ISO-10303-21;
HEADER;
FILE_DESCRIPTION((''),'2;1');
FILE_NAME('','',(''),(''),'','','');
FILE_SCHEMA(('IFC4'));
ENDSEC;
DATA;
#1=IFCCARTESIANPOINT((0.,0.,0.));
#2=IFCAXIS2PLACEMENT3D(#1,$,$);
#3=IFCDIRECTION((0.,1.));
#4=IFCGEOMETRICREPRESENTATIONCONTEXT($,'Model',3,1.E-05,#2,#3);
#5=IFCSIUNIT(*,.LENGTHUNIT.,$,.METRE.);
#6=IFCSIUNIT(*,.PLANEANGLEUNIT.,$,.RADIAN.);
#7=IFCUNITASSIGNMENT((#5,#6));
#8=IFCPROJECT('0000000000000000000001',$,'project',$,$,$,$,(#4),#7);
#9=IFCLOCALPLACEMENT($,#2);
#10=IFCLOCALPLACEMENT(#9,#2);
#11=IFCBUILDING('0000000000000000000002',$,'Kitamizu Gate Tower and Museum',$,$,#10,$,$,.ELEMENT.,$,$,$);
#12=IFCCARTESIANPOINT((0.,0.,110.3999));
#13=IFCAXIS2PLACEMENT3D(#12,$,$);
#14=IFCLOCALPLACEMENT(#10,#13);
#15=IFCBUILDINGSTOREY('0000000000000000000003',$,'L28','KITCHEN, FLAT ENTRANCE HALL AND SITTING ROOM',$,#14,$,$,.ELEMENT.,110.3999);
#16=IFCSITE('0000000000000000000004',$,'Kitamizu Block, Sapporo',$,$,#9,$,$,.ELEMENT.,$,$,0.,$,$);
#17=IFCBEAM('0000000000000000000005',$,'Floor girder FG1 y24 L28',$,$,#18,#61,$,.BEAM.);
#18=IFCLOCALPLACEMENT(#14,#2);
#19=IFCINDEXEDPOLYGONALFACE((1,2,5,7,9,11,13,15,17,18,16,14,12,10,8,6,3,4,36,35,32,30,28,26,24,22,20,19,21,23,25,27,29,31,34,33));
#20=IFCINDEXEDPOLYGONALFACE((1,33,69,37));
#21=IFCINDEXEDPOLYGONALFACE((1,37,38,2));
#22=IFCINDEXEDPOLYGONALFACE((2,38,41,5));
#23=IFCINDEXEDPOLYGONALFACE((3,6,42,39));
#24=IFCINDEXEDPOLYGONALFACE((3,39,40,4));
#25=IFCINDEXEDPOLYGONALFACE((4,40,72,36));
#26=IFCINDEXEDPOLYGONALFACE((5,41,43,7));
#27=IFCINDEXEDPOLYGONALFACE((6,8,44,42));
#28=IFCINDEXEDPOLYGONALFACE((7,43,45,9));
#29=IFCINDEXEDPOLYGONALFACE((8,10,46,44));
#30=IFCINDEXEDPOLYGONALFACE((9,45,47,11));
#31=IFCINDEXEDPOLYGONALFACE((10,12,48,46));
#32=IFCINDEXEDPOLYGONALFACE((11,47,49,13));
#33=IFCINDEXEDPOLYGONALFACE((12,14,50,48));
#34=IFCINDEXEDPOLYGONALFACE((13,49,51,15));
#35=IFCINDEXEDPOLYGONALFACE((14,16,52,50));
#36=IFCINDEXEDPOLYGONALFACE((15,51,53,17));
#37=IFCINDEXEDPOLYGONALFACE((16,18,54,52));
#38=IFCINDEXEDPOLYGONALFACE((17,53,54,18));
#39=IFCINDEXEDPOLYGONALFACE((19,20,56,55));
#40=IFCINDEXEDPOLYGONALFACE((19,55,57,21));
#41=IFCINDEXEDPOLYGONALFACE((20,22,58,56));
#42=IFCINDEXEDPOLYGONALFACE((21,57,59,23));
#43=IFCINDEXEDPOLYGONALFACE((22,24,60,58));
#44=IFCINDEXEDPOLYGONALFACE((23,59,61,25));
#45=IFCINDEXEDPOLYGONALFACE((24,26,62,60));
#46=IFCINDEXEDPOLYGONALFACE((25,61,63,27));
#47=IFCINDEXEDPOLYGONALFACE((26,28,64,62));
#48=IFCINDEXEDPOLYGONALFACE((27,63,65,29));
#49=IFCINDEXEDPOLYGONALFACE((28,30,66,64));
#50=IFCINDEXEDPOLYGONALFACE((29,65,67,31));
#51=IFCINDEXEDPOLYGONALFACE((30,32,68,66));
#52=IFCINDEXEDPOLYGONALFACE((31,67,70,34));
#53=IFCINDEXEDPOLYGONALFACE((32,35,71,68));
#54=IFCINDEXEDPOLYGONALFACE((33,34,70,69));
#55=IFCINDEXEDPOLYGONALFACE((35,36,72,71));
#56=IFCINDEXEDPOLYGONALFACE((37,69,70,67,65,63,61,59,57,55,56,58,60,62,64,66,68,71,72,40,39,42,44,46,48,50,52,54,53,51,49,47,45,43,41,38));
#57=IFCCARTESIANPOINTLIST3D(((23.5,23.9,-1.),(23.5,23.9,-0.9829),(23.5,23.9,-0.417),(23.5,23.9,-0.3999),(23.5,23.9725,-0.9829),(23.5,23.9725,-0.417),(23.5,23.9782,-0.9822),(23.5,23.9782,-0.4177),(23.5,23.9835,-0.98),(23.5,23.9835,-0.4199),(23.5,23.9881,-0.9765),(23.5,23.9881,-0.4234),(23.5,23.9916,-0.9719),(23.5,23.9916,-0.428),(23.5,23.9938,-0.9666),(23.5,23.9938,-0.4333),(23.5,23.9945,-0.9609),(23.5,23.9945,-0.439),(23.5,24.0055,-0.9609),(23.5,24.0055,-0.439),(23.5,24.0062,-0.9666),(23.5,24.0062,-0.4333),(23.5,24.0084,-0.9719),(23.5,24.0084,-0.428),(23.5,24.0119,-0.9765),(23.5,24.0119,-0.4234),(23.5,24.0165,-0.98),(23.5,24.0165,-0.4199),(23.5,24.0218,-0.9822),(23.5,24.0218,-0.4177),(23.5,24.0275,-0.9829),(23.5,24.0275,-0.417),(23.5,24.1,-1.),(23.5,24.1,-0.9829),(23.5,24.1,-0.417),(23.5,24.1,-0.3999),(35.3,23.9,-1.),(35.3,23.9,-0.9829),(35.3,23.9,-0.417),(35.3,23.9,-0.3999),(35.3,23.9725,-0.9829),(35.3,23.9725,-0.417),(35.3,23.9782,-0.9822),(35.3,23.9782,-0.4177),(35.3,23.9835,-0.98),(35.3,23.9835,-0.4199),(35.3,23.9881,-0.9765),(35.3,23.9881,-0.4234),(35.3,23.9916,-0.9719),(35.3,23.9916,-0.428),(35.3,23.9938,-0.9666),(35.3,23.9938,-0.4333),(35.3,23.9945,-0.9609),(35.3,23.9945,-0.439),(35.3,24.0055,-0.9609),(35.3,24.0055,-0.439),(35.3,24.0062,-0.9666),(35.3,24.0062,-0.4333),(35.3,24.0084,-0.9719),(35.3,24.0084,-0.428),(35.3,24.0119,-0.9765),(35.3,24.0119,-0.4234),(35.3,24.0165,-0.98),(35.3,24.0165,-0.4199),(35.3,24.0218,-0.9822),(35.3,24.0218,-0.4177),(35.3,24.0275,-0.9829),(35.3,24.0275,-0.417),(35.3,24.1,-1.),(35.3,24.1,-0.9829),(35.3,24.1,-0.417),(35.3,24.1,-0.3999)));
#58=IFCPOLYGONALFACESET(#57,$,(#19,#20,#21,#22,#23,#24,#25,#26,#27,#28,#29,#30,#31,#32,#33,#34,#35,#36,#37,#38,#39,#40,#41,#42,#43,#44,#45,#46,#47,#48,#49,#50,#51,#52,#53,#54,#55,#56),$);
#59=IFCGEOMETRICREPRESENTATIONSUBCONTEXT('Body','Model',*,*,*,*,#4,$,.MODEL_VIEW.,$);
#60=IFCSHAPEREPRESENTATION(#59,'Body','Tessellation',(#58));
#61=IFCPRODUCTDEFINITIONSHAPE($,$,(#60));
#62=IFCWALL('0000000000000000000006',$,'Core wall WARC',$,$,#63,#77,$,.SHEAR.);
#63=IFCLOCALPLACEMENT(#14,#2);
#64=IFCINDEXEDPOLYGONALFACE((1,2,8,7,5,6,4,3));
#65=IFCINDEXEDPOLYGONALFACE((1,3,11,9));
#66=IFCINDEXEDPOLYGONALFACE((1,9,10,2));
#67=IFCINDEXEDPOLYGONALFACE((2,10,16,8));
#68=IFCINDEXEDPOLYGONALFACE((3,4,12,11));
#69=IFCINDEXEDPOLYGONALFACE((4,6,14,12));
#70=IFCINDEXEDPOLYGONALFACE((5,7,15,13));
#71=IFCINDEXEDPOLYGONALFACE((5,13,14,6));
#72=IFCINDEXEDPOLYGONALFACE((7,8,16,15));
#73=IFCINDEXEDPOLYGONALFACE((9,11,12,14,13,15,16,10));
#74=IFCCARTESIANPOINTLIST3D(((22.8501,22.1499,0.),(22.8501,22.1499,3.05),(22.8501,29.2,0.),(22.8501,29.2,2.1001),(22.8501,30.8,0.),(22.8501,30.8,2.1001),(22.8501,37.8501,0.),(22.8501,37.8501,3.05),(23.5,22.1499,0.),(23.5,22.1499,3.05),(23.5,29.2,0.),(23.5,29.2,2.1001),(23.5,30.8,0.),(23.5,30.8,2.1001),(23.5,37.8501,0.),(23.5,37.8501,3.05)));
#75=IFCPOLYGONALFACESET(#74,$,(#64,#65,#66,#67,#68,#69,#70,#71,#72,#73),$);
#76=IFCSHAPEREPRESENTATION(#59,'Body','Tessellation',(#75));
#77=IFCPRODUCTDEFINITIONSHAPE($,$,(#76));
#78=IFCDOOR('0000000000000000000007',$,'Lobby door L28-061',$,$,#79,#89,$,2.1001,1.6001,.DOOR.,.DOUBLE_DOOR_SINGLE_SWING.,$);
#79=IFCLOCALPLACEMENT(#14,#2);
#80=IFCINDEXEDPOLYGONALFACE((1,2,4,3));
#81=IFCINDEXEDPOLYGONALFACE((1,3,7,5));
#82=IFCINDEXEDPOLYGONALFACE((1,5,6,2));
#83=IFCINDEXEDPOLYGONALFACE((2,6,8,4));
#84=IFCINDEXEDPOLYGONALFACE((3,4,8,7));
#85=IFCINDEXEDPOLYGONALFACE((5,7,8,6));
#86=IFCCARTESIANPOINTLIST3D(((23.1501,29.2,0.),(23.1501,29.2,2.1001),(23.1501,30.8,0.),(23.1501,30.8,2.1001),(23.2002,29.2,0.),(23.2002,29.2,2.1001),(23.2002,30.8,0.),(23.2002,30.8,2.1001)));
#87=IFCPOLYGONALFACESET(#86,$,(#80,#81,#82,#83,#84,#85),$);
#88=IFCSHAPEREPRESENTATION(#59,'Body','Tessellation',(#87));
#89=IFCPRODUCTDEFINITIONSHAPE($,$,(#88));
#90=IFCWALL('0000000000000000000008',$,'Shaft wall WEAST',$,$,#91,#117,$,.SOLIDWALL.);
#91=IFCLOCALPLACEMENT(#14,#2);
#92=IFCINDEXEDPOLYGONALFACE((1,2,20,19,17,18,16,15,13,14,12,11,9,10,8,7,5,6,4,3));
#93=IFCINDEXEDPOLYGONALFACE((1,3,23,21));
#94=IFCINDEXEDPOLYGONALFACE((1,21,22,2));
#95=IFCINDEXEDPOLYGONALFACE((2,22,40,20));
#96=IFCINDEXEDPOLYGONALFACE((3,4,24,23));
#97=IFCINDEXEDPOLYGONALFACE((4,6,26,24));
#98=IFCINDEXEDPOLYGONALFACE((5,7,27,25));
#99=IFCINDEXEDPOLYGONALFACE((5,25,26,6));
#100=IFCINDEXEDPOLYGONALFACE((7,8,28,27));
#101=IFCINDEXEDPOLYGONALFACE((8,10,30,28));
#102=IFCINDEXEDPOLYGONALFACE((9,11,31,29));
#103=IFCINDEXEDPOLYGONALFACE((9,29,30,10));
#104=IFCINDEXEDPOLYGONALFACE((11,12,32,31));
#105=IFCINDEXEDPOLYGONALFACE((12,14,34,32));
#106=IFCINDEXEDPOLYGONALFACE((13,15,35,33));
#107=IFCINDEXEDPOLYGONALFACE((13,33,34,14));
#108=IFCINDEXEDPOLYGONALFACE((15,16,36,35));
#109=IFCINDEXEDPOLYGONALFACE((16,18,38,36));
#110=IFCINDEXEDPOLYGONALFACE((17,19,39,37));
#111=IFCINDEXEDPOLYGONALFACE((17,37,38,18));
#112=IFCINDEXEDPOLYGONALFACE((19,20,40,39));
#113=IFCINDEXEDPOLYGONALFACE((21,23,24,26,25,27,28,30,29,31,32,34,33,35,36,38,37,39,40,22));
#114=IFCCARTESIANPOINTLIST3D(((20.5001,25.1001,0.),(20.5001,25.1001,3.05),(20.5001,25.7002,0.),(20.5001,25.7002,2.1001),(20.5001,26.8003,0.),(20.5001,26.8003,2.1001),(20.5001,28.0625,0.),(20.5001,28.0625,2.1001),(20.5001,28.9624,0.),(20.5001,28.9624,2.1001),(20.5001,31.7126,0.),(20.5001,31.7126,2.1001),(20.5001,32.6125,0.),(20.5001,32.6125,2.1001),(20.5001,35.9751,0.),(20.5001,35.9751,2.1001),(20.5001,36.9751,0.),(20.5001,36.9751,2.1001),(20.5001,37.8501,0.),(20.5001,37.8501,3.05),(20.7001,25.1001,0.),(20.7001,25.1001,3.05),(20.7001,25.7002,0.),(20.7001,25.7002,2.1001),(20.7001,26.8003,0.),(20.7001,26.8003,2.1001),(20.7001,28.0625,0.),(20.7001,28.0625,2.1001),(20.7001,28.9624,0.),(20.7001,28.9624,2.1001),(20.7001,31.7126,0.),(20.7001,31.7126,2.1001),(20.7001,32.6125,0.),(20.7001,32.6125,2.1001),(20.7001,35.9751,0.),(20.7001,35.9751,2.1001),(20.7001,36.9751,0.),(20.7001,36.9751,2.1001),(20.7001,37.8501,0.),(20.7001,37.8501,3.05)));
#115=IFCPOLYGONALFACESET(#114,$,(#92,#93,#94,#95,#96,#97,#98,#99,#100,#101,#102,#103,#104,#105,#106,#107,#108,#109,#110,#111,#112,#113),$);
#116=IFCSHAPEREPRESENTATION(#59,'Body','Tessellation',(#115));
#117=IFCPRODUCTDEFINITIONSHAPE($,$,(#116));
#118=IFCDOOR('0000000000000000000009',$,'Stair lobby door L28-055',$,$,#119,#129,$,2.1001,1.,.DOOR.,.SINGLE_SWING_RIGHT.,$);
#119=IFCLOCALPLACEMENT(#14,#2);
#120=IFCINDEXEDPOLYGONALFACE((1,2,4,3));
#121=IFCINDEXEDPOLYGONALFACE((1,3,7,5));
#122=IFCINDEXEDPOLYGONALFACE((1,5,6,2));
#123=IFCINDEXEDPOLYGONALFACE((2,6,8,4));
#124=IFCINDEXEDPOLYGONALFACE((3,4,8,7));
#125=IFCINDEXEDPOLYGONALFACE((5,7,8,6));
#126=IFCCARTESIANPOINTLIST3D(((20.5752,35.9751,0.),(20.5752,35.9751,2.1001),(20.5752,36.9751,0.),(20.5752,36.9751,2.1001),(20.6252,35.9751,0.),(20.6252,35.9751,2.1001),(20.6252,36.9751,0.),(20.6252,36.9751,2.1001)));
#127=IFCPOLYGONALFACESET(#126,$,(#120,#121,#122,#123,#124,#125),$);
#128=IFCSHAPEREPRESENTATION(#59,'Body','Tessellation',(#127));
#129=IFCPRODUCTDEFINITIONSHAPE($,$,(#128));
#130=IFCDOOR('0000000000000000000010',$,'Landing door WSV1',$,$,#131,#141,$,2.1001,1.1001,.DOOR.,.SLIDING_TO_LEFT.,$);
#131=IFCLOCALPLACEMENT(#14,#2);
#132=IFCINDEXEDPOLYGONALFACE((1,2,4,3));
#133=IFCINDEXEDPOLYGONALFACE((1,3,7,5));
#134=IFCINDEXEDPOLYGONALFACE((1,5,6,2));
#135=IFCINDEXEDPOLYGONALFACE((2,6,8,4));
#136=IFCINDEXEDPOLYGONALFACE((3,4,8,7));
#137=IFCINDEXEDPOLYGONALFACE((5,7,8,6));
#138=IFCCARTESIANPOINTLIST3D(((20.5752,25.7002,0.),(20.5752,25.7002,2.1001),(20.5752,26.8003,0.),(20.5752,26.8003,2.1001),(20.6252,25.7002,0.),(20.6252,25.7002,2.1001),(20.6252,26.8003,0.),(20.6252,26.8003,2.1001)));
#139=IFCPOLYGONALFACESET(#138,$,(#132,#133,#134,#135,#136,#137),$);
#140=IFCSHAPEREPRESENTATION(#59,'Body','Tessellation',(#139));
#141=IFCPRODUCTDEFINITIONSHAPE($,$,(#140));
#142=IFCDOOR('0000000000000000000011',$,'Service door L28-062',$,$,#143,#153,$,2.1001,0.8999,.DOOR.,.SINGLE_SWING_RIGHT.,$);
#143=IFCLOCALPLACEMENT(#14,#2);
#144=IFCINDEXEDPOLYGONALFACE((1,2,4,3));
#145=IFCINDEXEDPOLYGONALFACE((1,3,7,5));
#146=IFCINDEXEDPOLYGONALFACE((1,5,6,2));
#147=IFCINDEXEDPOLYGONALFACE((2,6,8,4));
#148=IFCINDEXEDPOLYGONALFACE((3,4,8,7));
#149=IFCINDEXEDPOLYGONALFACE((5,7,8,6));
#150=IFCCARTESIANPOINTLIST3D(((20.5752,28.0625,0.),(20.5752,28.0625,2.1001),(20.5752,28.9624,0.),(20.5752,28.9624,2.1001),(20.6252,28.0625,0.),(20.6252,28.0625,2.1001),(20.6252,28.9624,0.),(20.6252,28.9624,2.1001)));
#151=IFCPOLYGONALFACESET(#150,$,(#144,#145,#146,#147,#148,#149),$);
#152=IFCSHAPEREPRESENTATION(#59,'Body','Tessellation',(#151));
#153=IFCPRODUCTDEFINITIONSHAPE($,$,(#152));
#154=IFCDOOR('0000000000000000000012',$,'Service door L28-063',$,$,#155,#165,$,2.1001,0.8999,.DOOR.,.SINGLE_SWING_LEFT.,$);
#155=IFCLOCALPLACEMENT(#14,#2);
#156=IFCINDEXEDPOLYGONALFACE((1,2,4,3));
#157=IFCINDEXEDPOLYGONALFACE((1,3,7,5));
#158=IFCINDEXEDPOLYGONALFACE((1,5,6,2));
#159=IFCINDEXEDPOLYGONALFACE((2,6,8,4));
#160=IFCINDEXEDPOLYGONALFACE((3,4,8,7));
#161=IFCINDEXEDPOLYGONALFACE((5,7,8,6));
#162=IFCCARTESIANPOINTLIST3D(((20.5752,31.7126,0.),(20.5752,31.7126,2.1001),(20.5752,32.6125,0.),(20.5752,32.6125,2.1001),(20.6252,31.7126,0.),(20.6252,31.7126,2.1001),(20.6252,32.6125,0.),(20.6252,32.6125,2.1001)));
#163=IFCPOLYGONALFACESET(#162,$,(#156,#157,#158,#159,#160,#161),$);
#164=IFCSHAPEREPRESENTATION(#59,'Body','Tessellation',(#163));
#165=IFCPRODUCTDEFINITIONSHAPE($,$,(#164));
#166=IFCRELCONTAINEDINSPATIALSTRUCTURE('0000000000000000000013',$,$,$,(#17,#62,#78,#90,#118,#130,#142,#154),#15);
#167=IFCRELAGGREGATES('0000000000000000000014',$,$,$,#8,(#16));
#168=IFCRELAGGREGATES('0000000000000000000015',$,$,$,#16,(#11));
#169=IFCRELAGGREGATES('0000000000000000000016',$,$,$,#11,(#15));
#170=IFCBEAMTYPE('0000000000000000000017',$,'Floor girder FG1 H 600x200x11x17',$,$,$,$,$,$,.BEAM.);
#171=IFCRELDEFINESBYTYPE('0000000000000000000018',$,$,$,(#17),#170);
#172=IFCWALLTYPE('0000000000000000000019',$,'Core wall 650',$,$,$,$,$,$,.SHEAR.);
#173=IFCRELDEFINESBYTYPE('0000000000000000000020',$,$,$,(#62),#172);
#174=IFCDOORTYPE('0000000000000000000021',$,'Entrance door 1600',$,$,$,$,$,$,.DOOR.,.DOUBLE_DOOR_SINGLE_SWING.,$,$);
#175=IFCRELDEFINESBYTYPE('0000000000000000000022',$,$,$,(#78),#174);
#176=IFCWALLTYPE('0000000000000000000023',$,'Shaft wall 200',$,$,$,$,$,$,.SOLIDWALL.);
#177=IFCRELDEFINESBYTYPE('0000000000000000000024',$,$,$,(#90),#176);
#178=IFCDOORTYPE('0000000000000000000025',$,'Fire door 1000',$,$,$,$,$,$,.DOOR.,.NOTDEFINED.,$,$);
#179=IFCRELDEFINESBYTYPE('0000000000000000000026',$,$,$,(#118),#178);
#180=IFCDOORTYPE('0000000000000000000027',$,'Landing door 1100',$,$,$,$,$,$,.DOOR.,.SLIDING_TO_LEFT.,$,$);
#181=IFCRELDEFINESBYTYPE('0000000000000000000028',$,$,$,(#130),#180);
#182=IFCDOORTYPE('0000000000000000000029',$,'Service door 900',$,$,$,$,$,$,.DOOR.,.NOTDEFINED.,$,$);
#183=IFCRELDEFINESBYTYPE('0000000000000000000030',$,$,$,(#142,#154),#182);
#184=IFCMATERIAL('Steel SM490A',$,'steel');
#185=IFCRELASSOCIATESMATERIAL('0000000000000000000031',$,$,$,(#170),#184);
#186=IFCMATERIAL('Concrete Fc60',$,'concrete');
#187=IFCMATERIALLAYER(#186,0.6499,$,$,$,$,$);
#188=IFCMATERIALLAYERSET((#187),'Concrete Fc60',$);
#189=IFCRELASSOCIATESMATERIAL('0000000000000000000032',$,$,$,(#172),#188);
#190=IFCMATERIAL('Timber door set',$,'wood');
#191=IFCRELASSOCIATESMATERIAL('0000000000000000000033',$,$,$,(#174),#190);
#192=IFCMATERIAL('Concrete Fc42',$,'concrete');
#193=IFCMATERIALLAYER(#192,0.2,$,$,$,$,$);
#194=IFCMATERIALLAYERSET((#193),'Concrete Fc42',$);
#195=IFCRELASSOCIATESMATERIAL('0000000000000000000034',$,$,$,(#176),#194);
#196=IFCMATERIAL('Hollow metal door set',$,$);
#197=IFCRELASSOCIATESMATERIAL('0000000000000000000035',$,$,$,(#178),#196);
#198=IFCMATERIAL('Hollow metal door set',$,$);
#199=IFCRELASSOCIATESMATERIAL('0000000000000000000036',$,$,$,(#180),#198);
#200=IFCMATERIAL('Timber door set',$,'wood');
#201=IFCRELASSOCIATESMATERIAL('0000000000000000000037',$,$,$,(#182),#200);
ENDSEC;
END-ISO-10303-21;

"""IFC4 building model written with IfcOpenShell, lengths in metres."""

from ifc_helpers import new_model, si_unit, direction, frame, frame_2d, origin, origin_2d, place, context, subcontext, project, spatial, rectangle, i_section, extrude, material, layer, layer_set, material_profile, profile_set, type_object, element, fill, save


model = new_model("IFC4")

# Units and contexts
model_context = context("Model", 3, precision=1e-05, world=origin(), true_north=direction((0.0, 1.0)))
body_context = subcontext(model_context, "Body", "Model", "MODEL_VIEW")
ifc_project = project(units=[si_unit("LENGTHUNIT", "METRE"), si_unit("PLANEANGLEUNIT", "RADIAN")], contexts=[model_context])

# Site, building, storey
site_placement = place(None, origin())
site = spatial("IfcSite", under=ifc_project, at=site_placement, Name="Kitamizu Block, Sapporo", CompositionType="ELEMENT", RefElevation=0.0)
building_placement = place(site_placement, origin())
building = spatial("IfcBuilding", under=site, at=building_placement, Name="Kitamizu Gate Tower and Museum", CompositionType="ELEMENT")
storey_placement = place(building_placement, frame((0.0, 0.0, 110.3999)))
storey = spatial("IfcBuildingStorey", under=building, at=storey_placement, Name="L28", Description="KITCHEN, FLAT ENTRANCE HALL AND SITTING ROOM", CompositionType="ELEMENT", Elevation=110.3999)

# Beam
ifc_material_1 = material(Name="Steel SM490A", Category="steel")
ifc_material_profile = material_profile(ifc_material_1, i_section(OverallWidth=0.2, OverallDepth=0.6001, WebThickness=0.011, FlangeThickness=0.0171, FilletRadius=0.022, at=origin_2d()), Name="H-600x200x11x17")
ifc_profile_set = profile_set([ifc_material_profile], Name="Steel SM490A")
beam_type = type_object("IfcBeamType", Name="Floor girder FG1 H 600x200x11x17", PredefinedType="BEAM", material=ifc_profile_set)
beam_placement = place(storey_placement, frame((23.5, 24.0, -0.7), z_axis=(1.0, 0.0, 0.0), x_axis=(0.0, 1.0, 0.0)))
element("IfcBeam", 1, at=beam_placement, inside=storey, type_object=beam_type, Name="Floor girder FG1 y24 L28", PredefinedType="BEAM", context=body_context, shape_type="SweptSolid", body=[
    extrude(i_section(OverallWidth=0.2, OverallDepth=0.6001, WebThickness=0.011, FlangeThickness=0.0171, FilletRadius=0.022, at=origin_2d()), origin(), (0.0, 0.0, 1.0), 11.8),
])

# Wall, opening, door
ifc_material_2 = material(Name="Concrete Fc60", Category="concrete")
ifc_layer_1 = layer(ifc_material_2, 0.6499)
ifc_layer_set_1 = layer_set([ifc_layer_1], Name="Concrete Fc60")
wall_type_1 = type_object("IfcWallType", Name="Core wall 650", PredefinedType="SHEAR", material=ifc_layer_set_1)
wall_1_placement = place(storey_placement, frame((23.175, 22.1499, 0.0), z_axis=(0.0, 0.0, 1.0), x_axis=(0.0, 1.0, 0.0)))
wall_1 = element("IfcWall", 2, at=wall_1_placement, inside=storey, type_object=wall_type_1, Name="Core wall WARC", PredefinedType="SHEAR", context=body_context, shape_type="SweptSolid", body=[
    extrude(rectangle(XDim=15.7002, YDim=0.6499, at=frame_2d((7.8501, 0.0))), origin(), (0.0, 0.0, 1.0), 3.05),
])
opening_1_placement = place(wall_1_placement, frame((7.05, 0.0, 0.0)))
opening_1 = element("IfcOpeningElement", 3, at=opening_1_placement, cuts=wall_1, PredefinedType="OPENING", context=body_context, shape_type="SweptSolid", body=[
    extrude(rectangle(XDim=1.6001, YDim=2.1001, at=frame_2d((0.8, 1.05))), frame((0.0, 0.335, 0.0), z_axis=(0.0, -1.0, 0.0), x_axis=(1.0, 0.0, 0.0)), (0.0, 0.0, 1.0), 0.6699),
])
ifc_material_3 = material(Name="Timber door set", Category="wood")
door_type_1 = type_object("IfcDoorType", Name="Entrance door 1600", OperationType="DOUBLE_DOOR_SINGLE_SWING", PredefinedType="DOOR", material=ifc_material_3)
door_1_placement = place(opening_1_placement, origin())
door_1 = element("IfcDoor", 4, at=door_1_placement, inside=storey, type_object=door_type_1, Name="Lobby door L28-061", OperationType="DOUBLE_DOOR_SINGLE_SWING", OverallHeight=2.1001, OverallWidth=1.6001, PredefinedType="DOOR", context=body_context, shape_type="SweptSolid", body=[
    extrude(rectangle(XDim=1.6001, YDim=2.1001, at=frame_2d((0.8, 1.05))), frame((0.0, 0.0249, 0.0), z_axis=(0.0, -1.0, 0.0), x_axis=(1.0, 0.0, 0.0)), (0.0, 0.0, 1.0), 0.05),
])
fill(opening_1, door_1)

# Wall, openings, doors
ifc_material_4 = material(Name="Concrete Fc42", Category="concrete")
ifc_layer_2 = layer(ifc_material_4, 0.2)
ifc_layer_set_2 = layer_set([ifc_layer_2], Name="Concrete Fc42")
wall_type_2 = type_object("IfcWallType", Name="Shaft wall 200", PredefinedType="SOLIDWALL", material=ifc_layer_set_2)
wall_2_placement = place(storey_placement, frame((20.6001, 25.1001, 0.0), z_axis=(0.0, 0.0, 1.0), x_axis=(0.0, 1.0, 0.0)))
wall_2 = element("IfcWall", 5, at=wall_2_placement, inside=storey, type_object=wall_type_2, Name="Shaft wall WEAST", PredefinedType="SOLIDWALL", context=body_context, shape_type="SweptSolid", body=[
    extrude(rectangle(XDim=12.75, YDim=0.2, at=frame_2d((6.375, 0.0))), origin(), (0.0, 0.0, 1.0), 3.05),
])
opening_2_placement = place(wall_2_placement, frame((0.6001, 0.0, 0.0)))
opening_2 = element("IfcOpeningElement", 6, at=opening_2_placement, cuts=wall_2, PredefinedType="OPENING", context=body_context, shape_type="SweptSolid", body=[
    extrude(rectangle(XDim=1.1001, YDim=2.1001, at=frame_2d((0.55, 1.05))), frame((0.0, 0.1099, 0.0), z_axis=(0.0, -1.0, 0.0), x_axis=(1.0, 0.0, 0.0)), (0.0, 0.0, 1.0), 0.22),
])
opening_3_placement = place(wall_2_placement, frame((10.875, 0.0, 0.0)))
opening_3 = element("IfcOpeningElement", 7, at=opening_3_placement, cuts=wall_2, PredefinedType="OPENING", context=body_context, shape_type="SweptSolid", body=[
    extrude(rectangle(XDim=1.0, YDim=2.1001, at=frame_2d((0.5, 1.05))), frame((0.0, 0.1099, 0.0), z_axis=(0.0, -1.0, 0.0), x_axis=(1.0, 0.0, 0.0)), (0.0, 0.0, 1.0), 0.22),
])
opening_4_placement = place(wall_2_placement, frame((2.9624, 0.0, 0.0)))
opening_4 = element("IfcOpeningElement", 8, at=opening_4_placement, cuts=wall_2, PredefinedType="OPENING", context=body_context, shape_type="SweptSolid", body=[
    extrude(rectangle(XDim=0.8999, YDim=2.1001, at=frame_2d((0.45, 1.05))), frame((0.0, 0.1099, 0.0), z_axis=(0.0, -1.0, 0.0), x_axis=(1.0, 0.0, 0.0)), (0.0, 0.0, 1.0), 0.22),
])
opening_5_placement = place(wall_2_placement, frame((6.6125, 0.0, 0.0)))
opening_5 = element("IfcOpeningElement", 9, at=opening_5_placement, cuts=wall_2, PredefinedType="OPENING", context=body_context, shape_type="SweptSolid", body=[
    extrude(rectangle(XDim=0.8999, YDim=2.1001, at=frame_2d((0.45, 1.05))), frame((0.0, 0.1099, 0.0), z_axis=(0.0, -1.0, 0.0), x_axis=(1.0, 0.0, 0.0)), (0.0, 0.0, 1.0), 0.22),
])
ifc_material_5 = material(Name="Hollow metal door set")
door_type_2 = type_object("IfcDoorType", Name="Fire door 1000", OperationType="NOTDEFINED", PredefinedType="DOOR", material=ifc_material_5)
door_2_placement = place(opening_3_placement, origin())
door_2 = element("IfcDoor", 10, at=door_2_placement, inside=storey, type_object=door_type_2, Name="Stair lobby door L28-055", OperationType="SINGLE_SWING_RIGHT", OverallHeight=2.1001, OverallWidth=1.0, PredefinedType="DOOR", context=body_context, shape_type="SweptSolid", body=[
    extrude(rectangle(XDim=1.0, YDim=2.1001, at=frame_2d((0.5, 1.05))), frame((0.0, 0.0249, 0.0), z_axis=(0.0, -1.0, 0.0), x_axis=(1.0, 0.0, 0.0)), (0.0, 0.0, 1.0), 0.05),
])
fill(opening_3, door_2)
ifc_material_6 = material(Name="Hollow metal door set")
door_type_3 = type_object("IfcDoorType", Name="Landing door 1100", OperationType="SLIDING_TO_LEFT", PredefinedType="DOOR", material=ifc_material_6)
door_3_placement = place(opening_2_placement, origin())
door_3 = element("IfcDoor", 11, at=door_3_placement, inside=storey, type_object=door_type_3, Name="Landing door WSV1", OperationType="SLIDING_TO_LEFT", OverallHeight=2.1001, OverallWidth=1.1001, PredefinedType="DOOR", context=body_context, shape_type="SweptSolid", body=[
    extrude(rectangle(XDim=1.1001, YDim=2.1001, at=frame_2d((0.55, 1.05))), frame((0.0, 0.0249, 0.0), z_axis=(0.0, -1.0, 0.0), x_axis=(1.0, 0.0, 0.0)), (0.0, 0.0, 1.0), 0.05),
])
fill(opening_2, door_3)
ifc_material_7 = material(Name="Timber door set", Category="wood")
door_type_4 = type_object("IfcDoorType", Name="Service door 900", OperationType="NOTDEFINED", PredefinedType="DOOR", material=ifc_material_7)
door_4_placement = place(opening_4_placement, origin())
door_4 = element("IfcDoor", 12, at=door_4_placement, inside=storey, type_object=door_type_4, Name="Service door L28-062", OperationType="SINGLE_SWING_RIGHT", OverallHeight=2.1001, OverallWidth=0.8999, PredefinedType="DOOR", context=body_context, shape_type="SweptSolid", body=[
    extrude(rectangle(XDim=0.8999, YDim=2.1001, at=frame_2d((0.45, 1.05))), frame((0.0, 0.0249, 0.0), z_axis=(0.0, -1.0, 0.0), x_axis=(1.0, 0.0, 0.0)), (0.0, 0.0, 1.0), 0.05),
])
fill(opening_4, door_4)
door_5_placement = place(opening_5_placement, origin())
door_5 = element("IfcDoor", 13, at=door_5_placement, inside=storey, type_object=door_type_4, Name="Service door L28-063", OperationType="SINGLE_SWING_LEFT", OverallHeight=2.1001, OverallWidth=0.8999, PredefinedType="DOOR", context=body_context, shape_type="SweptSolid", body=[
    extrude(rectangle(XDim=0.8999, YDim=2.1001, at=frame_2d((0.45, 1.05))), frame((0.0, 0.0249, 0.0), z_axis=(0.0, -1.0, 0.0), x_axis=(1.0, 0.0, 0.0)), (0.0, 0.0, 1.0), 0.05),
])
fill(opening_5, door_5)

save(model, "model.ifc")
